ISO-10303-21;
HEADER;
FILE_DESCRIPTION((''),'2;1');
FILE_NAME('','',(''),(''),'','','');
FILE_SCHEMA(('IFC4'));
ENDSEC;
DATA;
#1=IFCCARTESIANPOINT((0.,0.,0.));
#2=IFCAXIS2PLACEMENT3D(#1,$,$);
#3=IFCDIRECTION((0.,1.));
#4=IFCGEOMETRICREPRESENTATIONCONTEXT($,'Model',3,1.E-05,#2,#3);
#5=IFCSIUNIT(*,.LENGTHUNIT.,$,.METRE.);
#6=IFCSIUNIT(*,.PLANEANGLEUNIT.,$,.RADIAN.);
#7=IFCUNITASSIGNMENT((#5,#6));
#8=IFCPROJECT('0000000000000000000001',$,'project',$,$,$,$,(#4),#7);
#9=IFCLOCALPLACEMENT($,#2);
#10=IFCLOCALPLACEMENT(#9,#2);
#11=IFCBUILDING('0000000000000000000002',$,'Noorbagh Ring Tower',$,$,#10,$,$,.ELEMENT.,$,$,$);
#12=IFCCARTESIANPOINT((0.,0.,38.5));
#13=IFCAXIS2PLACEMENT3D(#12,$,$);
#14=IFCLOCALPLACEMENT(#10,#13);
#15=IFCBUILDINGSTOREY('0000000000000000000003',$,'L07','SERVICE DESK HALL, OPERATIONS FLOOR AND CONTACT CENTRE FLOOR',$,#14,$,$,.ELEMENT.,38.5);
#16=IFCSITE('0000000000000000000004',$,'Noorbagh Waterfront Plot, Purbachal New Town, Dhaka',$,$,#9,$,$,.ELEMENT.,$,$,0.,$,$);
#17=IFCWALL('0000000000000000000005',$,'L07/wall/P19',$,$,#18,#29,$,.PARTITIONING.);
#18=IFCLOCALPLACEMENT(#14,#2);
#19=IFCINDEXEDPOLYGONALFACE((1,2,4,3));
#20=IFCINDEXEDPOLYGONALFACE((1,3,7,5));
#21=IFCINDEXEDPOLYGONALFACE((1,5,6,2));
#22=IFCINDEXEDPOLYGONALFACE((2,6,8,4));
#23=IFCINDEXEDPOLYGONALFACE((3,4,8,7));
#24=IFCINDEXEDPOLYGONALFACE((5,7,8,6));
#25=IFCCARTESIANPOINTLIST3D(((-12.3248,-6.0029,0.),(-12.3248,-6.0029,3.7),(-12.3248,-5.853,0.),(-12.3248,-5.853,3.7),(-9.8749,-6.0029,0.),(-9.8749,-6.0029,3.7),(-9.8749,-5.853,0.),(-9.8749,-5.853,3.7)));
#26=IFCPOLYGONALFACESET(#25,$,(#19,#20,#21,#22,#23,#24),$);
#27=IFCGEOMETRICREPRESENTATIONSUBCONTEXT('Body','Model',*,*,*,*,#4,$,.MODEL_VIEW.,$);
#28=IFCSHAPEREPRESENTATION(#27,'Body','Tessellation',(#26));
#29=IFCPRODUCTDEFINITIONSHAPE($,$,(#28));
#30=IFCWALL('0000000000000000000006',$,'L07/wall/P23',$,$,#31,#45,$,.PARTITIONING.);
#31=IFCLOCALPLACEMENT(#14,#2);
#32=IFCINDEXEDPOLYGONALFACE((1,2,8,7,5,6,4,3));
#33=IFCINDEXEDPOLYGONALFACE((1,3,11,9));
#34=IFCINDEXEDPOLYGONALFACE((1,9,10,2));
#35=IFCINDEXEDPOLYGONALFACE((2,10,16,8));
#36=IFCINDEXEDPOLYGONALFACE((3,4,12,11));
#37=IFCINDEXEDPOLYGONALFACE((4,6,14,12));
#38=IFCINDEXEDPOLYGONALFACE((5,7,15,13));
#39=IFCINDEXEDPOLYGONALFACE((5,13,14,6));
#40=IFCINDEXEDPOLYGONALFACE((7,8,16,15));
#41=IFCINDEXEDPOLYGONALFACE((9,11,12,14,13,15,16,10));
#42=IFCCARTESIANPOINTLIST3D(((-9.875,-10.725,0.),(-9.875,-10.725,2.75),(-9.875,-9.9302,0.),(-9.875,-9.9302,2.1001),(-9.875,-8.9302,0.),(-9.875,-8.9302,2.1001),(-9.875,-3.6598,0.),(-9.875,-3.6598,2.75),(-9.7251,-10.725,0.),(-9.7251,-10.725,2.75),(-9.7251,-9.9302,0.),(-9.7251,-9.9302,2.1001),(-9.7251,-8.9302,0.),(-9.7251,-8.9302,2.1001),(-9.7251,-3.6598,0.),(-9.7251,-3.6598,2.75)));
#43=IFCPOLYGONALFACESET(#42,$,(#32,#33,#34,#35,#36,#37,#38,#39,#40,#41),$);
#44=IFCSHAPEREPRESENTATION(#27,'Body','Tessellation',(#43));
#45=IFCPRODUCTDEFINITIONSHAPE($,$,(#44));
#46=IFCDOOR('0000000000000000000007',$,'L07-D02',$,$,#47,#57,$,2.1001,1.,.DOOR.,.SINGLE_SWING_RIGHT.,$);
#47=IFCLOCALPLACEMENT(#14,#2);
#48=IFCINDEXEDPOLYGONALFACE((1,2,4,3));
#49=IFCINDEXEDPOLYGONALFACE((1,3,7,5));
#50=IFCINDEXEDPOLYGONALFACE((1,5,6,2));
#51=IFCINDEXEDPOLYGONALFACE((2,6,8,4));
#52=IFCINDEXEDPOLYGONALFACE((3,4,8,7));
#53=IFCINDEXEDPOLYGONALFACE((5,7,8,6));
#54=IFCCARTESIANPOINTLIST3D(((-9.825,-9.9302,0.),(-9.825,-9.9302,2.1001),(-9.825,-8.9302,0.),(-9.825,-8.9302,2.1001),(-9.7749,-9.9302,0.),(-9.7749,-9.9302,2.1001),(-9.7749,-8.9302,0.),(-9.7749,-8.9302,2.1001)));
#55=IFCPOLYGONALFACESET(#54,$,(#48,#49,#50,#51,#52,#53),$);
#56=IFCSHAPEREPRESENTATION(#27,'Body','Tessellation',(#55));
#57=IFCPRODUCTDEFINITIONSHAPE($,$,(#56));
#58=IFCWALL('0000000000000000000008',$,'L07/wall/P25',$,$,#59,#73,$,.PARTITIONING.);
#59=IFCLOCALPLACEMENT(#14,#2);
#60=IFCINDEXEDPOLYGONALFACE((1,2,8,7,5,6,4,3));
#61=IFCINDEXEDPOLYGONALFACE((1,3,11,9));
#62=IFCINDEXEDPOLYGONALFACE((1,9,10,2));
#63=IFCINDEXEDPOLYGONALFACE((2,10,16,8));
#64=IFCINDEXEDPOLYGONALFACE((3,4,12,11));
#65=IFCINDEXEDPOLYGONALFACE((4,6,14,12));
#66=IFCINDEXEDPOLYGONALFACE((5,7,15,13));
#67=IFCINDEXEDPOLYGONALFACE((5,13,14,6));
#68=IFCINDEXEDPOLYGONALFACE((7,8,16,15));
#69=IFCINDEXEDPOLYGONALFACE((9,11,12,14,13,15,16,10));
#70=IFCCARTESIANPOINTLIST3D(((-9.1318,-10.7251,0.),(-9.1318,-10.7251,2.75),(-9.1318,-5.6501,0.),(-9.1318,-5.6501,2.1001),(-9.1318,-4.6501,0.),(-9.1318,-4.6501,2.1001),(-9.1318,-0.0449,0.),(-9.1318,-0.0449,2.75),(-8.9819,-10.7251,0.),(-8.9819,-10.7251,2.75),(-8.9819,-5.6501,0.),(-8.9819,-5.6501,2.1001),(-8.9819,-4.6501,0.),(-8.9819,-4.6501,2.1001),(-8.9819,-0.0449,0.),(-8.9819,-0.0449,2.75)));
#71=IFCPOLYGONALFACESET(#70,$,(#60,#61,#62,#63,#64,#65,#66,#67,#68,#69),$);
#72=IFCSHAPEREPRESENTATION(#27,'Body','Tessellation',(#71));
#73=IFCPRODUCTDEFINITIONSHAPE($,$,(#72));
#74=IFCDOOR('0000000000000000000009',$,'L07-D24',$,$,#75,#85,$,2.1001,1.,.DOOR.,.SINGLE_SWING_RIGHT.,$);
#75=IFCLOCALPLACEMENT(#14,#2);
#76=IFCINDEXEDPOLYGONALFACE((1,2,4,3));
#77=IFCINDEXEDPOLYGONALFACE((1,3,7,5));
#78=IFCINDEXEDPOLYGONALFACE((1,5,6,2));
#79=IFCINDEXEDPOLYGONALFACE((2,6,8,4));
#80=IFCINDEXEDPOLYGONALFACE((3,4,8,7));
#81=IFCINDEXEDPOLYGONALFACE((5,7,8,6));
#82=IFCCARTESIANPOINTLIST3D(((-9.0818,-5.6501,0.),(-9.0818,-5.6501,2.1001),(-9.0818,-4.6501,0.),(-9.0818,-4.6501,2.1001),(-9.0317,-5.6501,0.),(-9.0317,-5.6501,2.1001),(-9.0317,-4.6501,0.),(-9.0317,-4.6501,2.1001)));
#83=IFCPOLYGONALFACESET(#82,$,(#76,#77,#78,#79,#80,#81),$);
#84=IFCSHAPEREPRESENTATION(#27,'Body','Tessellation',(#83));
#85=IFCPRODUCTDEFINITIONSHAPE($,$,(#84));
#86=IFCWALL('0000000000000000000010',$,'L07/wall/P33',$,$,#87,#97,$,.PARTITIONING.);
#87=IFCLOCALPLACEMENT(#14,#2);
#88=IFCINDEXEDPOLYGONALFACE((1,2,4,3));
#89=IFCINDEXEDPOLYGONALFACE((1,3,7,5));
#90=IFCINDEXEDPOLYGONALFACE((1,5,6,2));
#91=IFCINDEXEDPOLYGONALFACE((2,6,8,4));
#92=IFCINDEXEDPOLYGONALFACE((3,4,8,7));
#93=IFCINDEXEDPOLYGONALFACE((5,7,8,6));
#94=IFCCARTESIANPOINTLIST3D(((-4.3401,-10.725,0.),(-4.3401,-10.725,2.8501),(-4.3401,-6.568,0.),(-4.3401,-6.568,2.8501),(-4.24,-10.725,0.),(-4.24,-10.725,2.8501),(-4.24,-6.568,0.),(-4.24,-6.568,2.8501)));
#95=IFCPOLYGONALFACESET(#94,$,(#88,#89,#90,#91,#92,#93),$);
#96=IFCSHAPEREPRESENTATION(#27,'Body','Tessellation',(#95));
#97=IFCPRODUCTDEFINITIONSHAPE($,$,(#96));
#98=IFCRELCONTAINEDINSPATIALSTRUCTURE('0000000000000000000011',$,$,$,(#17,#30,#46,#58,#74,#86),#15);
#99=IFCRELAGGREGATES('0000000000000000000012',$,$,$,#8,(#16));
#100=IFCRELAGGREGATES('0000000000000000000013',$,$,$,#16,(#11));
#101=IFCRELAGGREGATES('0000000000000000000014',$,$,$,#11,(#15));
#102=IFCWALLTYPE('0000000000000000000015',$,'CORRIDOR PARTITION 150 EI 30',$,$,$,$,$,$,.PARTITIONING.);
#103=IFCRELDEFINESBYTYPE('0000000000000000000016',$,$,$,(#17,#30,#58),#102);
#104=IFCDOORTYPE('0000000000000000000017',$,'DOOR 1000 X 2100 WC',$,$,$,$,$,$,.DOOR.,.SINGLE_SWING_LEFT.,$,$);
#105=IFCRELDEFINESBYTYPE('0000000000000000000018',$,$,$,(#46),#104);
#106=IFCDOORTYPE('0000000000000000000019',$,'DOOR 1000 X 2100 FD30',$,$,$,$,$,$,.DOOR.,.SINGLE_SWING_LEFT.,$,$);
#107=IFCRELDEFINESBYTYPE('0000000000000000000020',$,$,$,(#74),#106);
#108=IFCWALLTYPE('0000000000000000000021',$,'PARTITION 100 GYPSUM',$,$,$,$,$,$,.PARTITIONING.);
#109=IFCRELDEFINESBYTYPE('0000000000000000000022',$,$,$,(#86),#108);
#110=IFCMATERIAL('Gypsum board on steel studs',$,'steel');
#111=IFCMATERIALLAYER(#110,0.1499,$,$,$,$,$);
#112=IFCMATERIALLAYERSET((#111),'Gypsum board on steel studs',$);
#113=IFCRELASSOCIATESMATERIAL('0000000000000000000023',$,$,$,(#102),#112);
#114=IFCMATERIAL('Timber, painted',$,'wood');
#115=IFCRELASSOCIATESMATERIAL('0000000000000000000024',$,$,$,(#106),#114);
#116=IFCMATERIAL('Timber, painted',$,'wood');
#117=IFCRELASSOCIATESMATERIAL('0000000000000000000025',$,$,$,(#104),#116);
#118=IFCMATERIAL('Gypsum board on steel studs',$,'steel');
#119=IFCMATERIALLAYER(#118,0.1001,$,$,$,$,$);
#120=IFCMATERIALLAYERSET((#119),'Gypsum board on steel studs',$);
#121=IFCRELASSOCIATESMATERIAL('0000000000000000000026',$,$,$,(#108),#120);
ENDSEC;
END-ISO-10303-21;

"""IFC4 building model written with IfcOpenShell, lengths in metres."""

from ifc_helpers import new_model, si_unit, direction, frame, frame_2d, origin, place, context, subcontext, project, spatial, rectangle, extrude, material, layer, layer_set, type_object, element, fill, save


model = new_model("IFC4")

# Units and contexts
model_context = context("Model", 3, precision=1e-05, world=origin(), true_north=direction((0.0, 1.0)))
body_context = subcontext(model_context, "Body", "Model", "MODEL_VIEW")
ifc_project = project(units=[si_unit("LENGTHUNIT", "METRE"), si_unit("PLANEANGLEUNIT", "RADIAN")], contexts=[model_context])

# Site, building, storey
site_placement = place(None, origin())
site = spatial("IfcSite", under=ifc_project, at=site_placement, Name="Noorbagh Waterfront Plot, Purbachal New Town, Dhaka", CompositionType="ELEMENT", RefElevation=0.0)
building_placement = place(site_placement, origin())
building = spatial("IfcBuilding", under=site, at=building_placement, Name="Noorbagh Ring Tower", CompositionType="ELEMENT")
storey_placement = place(building_placement, frame((0.0, 0.0, 38.5)))
storey = spatial("IfcBuildingStorey", under=building, at=storey_placement, Name="L07", Description="SERVICE DESK HALL, OPERATIONS FLOOR AND CONTACT CENTRE FLOOR", CompositionType="ELEMENT", Elevation=38.5)

# Shared definitions
ifc_material_1 = material(Name="Gypsum board on steel studs", Category="steel")
ifc_layer_1 = layer(ifc_material_1, 0.1499)
ifc_layer_set_1 = layer_set([ifc_layer_1], Name="Gypsum board on steel studs")
wall_type_1 = type_object("IfcWallType", Name="CORRIDOR PARTITION 150 EI 30", PredefinedType="PARTITIONING", material=ifc_layer_set_1)
ifc_material_2 = material(Name="Timber, painted", Category="wood")
door_type_1 = type_object("IfcDoorType", Name="DOOR 1000 X 2100 FD30", OperationType="SINGLE_SWING_LEFT", PredefinedType="DOOR", material=ifc_material_2)
ifc_material_3 = material(Name="Timber, painted", Category="wood")
door_type_2 = type_object("IfcDoorType", Name="DOOR 1000 X 2100 WC", OperationType="SINGLE_SWING_LEFT", PredefinedType="DOOR", material=ifc_material_3)

# Wall
wall_1_placement = place(storey_placement, frame((-12.325, -5.928, 0.0), z_axis=(0.0, 0.0, 1.0), x_axis=(1.0, 0.0, 0.0)))
element("IfcWall", 1, at=wall_1_placement, inside=storey, type_object=wall_type_1, Name="L07/wall/P19", PredefinedType="PARTITIONING", context=body_context, shape_type="SweptSolid", body=[
    extrude(rectangle(XDim=2.45, YDim=0.1499, at=frame_2d((1.2251, 0.0))), origin(), (0.0, 0.0, 1.0), 3.7),
])

# Walls, openings, doors
wall_2_placement = place(storey_placement, frame((-9.8, -10.7251, 0.0), z_axis=(0.0, 0.0, 1.0), x_axis=(0.0, 1.0, 0.0)))
wall_2 = element("IfcWall", 2, at=wall_2_placement, inside=storey, type_object=wall_type_1, Name="L07/wall/P23", PredefinedType="PARTITIONING", context=body_context, shape_type="SweptSolid", body=[
    extrude(rectangle(XDim=7.0652, YDim=0.1499, at=frame_2d((3.5327, 0.0))), origin(), (0.0, 0.0, 1.0), 2.75),
])
opening_1_placement = place(wall_2_placement, frame((0.7949, 0.0, 0.0)))
opening_1 = element("IfcOpeningElement", 3, at=opening_1_placement, cuts=wall_2, PredefinedType="OPENING", context=body_context, shape_type="SweptSolid", body=[
    extrude(rectangle(XDim=1.0, YDim=2.1001, at=frame_2d((0.5, 1.05))), frame((0.0, 0.085, 0.0), z_axis=(0.0, -1.0, 0.0), x_axis=(1.0, 0.0, 0.0)), (0.0, 0.0, 1.0), 0.1699),
])
door_1_placement = place(opening_1_placement, origin())
door_1 = element("IfcDoor", 4, at=door_1_placement, inside=storey, type_object=door_type_2, Name="L07-D02", OperationType="SINGLE_SWING_RIGHT", OverallHeight=2.1001, OverallWidth=1.0, PredefinedType="DOOR", context=body_context, shape_type="SweptSolid", body=[
    extrude(rectangle(XDim=1.0, YDim=2.1001, at=frame_2d((0.5, 1.05))), frame((0.0, 0.0249, 0.0), z_axis=(0.0, -1.0, 0.0), x_axis=(1.0, 0.0, 0.0)), (0.0, 0.0, 1.0), 0.05),
])
fill(opening_1, door_1)
wall_3_placement = place(storey_placement, frame((-9.0569, -10.7251, 0.0), z_axis=(0.0, 0.0, 1.0), x_axis=(0.0, 1.0, 0.0)))
wall_3 = element("IfcWall", 5, at=wall_3_placement, inside=storey, type_object=wall_type_1, Name="L07/wall/P25", PredefinedType="PARTITIONING", context=body_context, shape_type="SweptSolid", body=[
    extrude(rectangle(XDim=10.6802, YDim=0.1499, at=frame_2d((5.3401, 0.0))), origin(), (0.0, 0.0, 1.0), 2.75),
])
opening_2_placement = place(wall_3_placement, frame((5.075, 0.0, 0.0)))
opening_2 = element("IfcOpeningElement", 6, at=opening_2_placement, cuts=wall_3, PredefinedType="OPENING", context=body_context, shape_type="SweptSolid", body=[
    extrude(rectangle(XDim=1.0, YDim=2.1001, at=frame_2d((0.5, 1.05))), frame((0.0, 0.085, 0.0), z_axis=(0.0, -1.0, 0.0), x_axis=(1.0, 0.0, 0.0)), (0.0, 0.0, 1.0), 0.1699),
])
door_2_placement = place(opening_2_placement, origin())
door_2 = element("IfcDoor", 7, at=door_2_placement, inside=storey, type_object=door_type_1, Name="L07-D24", OperationType="SINGLE_SWING_RIGHT", OverallHeight=2.1001, OverallWidth=1.0, PredefinedType="DOOR", context=body_context, shape_type="SweptSolid", body=[
    extrude(rectangle(XDim=1.0, YDim=2.1001, at=frame_2d((0.5, 1.05))), frame((0.0, 0.0249, 0.0), z_axis=(0.0, -1.0, 0.0), x_axis=(1.0, 0.0, 0.0)), (0.0, 0.0, 1.0), 0.05),
])
fill(opening_2, door_2)

# Wall
ifc_material_4 = material(Name="Gypsum board on steel studs", Category="steel")
ifc_layer_2 = layer(ifc_material_4, 0.1001)
ifc_layer_set_2 = layer_set([ifc_layer_2], Name="Gypsum board on steel studs")
wall_type_2 = type_object("IfcWallType", Name="PARTITION 100 GYPSUM", PredefinedType="PARTITIONING", material=ifc_layer_set_2)
wall_4_placement = place(storey_placement, frame((-4.29, -10.7251, 0.0), z_axis=(0.0, 0.0, 1.0), x_axis=(0.0, 1.0, 0.0)))
element("IfcWall", 8, at=wall_4_placement, inside=storey, type_object=wall_type_2, Name="L07/wall/P33", PredefinedType="PARTITIONING", context=body_context, shape_type="SweptSolid", body=[
    extrude(rectangle(XDim=4.157, YDim=0.1001, at=frame_2d((2.0786, 0.0))), origin(), (0.0, 0.0, 1.0), 2.8501),
])

save(model, "model.ifc")
